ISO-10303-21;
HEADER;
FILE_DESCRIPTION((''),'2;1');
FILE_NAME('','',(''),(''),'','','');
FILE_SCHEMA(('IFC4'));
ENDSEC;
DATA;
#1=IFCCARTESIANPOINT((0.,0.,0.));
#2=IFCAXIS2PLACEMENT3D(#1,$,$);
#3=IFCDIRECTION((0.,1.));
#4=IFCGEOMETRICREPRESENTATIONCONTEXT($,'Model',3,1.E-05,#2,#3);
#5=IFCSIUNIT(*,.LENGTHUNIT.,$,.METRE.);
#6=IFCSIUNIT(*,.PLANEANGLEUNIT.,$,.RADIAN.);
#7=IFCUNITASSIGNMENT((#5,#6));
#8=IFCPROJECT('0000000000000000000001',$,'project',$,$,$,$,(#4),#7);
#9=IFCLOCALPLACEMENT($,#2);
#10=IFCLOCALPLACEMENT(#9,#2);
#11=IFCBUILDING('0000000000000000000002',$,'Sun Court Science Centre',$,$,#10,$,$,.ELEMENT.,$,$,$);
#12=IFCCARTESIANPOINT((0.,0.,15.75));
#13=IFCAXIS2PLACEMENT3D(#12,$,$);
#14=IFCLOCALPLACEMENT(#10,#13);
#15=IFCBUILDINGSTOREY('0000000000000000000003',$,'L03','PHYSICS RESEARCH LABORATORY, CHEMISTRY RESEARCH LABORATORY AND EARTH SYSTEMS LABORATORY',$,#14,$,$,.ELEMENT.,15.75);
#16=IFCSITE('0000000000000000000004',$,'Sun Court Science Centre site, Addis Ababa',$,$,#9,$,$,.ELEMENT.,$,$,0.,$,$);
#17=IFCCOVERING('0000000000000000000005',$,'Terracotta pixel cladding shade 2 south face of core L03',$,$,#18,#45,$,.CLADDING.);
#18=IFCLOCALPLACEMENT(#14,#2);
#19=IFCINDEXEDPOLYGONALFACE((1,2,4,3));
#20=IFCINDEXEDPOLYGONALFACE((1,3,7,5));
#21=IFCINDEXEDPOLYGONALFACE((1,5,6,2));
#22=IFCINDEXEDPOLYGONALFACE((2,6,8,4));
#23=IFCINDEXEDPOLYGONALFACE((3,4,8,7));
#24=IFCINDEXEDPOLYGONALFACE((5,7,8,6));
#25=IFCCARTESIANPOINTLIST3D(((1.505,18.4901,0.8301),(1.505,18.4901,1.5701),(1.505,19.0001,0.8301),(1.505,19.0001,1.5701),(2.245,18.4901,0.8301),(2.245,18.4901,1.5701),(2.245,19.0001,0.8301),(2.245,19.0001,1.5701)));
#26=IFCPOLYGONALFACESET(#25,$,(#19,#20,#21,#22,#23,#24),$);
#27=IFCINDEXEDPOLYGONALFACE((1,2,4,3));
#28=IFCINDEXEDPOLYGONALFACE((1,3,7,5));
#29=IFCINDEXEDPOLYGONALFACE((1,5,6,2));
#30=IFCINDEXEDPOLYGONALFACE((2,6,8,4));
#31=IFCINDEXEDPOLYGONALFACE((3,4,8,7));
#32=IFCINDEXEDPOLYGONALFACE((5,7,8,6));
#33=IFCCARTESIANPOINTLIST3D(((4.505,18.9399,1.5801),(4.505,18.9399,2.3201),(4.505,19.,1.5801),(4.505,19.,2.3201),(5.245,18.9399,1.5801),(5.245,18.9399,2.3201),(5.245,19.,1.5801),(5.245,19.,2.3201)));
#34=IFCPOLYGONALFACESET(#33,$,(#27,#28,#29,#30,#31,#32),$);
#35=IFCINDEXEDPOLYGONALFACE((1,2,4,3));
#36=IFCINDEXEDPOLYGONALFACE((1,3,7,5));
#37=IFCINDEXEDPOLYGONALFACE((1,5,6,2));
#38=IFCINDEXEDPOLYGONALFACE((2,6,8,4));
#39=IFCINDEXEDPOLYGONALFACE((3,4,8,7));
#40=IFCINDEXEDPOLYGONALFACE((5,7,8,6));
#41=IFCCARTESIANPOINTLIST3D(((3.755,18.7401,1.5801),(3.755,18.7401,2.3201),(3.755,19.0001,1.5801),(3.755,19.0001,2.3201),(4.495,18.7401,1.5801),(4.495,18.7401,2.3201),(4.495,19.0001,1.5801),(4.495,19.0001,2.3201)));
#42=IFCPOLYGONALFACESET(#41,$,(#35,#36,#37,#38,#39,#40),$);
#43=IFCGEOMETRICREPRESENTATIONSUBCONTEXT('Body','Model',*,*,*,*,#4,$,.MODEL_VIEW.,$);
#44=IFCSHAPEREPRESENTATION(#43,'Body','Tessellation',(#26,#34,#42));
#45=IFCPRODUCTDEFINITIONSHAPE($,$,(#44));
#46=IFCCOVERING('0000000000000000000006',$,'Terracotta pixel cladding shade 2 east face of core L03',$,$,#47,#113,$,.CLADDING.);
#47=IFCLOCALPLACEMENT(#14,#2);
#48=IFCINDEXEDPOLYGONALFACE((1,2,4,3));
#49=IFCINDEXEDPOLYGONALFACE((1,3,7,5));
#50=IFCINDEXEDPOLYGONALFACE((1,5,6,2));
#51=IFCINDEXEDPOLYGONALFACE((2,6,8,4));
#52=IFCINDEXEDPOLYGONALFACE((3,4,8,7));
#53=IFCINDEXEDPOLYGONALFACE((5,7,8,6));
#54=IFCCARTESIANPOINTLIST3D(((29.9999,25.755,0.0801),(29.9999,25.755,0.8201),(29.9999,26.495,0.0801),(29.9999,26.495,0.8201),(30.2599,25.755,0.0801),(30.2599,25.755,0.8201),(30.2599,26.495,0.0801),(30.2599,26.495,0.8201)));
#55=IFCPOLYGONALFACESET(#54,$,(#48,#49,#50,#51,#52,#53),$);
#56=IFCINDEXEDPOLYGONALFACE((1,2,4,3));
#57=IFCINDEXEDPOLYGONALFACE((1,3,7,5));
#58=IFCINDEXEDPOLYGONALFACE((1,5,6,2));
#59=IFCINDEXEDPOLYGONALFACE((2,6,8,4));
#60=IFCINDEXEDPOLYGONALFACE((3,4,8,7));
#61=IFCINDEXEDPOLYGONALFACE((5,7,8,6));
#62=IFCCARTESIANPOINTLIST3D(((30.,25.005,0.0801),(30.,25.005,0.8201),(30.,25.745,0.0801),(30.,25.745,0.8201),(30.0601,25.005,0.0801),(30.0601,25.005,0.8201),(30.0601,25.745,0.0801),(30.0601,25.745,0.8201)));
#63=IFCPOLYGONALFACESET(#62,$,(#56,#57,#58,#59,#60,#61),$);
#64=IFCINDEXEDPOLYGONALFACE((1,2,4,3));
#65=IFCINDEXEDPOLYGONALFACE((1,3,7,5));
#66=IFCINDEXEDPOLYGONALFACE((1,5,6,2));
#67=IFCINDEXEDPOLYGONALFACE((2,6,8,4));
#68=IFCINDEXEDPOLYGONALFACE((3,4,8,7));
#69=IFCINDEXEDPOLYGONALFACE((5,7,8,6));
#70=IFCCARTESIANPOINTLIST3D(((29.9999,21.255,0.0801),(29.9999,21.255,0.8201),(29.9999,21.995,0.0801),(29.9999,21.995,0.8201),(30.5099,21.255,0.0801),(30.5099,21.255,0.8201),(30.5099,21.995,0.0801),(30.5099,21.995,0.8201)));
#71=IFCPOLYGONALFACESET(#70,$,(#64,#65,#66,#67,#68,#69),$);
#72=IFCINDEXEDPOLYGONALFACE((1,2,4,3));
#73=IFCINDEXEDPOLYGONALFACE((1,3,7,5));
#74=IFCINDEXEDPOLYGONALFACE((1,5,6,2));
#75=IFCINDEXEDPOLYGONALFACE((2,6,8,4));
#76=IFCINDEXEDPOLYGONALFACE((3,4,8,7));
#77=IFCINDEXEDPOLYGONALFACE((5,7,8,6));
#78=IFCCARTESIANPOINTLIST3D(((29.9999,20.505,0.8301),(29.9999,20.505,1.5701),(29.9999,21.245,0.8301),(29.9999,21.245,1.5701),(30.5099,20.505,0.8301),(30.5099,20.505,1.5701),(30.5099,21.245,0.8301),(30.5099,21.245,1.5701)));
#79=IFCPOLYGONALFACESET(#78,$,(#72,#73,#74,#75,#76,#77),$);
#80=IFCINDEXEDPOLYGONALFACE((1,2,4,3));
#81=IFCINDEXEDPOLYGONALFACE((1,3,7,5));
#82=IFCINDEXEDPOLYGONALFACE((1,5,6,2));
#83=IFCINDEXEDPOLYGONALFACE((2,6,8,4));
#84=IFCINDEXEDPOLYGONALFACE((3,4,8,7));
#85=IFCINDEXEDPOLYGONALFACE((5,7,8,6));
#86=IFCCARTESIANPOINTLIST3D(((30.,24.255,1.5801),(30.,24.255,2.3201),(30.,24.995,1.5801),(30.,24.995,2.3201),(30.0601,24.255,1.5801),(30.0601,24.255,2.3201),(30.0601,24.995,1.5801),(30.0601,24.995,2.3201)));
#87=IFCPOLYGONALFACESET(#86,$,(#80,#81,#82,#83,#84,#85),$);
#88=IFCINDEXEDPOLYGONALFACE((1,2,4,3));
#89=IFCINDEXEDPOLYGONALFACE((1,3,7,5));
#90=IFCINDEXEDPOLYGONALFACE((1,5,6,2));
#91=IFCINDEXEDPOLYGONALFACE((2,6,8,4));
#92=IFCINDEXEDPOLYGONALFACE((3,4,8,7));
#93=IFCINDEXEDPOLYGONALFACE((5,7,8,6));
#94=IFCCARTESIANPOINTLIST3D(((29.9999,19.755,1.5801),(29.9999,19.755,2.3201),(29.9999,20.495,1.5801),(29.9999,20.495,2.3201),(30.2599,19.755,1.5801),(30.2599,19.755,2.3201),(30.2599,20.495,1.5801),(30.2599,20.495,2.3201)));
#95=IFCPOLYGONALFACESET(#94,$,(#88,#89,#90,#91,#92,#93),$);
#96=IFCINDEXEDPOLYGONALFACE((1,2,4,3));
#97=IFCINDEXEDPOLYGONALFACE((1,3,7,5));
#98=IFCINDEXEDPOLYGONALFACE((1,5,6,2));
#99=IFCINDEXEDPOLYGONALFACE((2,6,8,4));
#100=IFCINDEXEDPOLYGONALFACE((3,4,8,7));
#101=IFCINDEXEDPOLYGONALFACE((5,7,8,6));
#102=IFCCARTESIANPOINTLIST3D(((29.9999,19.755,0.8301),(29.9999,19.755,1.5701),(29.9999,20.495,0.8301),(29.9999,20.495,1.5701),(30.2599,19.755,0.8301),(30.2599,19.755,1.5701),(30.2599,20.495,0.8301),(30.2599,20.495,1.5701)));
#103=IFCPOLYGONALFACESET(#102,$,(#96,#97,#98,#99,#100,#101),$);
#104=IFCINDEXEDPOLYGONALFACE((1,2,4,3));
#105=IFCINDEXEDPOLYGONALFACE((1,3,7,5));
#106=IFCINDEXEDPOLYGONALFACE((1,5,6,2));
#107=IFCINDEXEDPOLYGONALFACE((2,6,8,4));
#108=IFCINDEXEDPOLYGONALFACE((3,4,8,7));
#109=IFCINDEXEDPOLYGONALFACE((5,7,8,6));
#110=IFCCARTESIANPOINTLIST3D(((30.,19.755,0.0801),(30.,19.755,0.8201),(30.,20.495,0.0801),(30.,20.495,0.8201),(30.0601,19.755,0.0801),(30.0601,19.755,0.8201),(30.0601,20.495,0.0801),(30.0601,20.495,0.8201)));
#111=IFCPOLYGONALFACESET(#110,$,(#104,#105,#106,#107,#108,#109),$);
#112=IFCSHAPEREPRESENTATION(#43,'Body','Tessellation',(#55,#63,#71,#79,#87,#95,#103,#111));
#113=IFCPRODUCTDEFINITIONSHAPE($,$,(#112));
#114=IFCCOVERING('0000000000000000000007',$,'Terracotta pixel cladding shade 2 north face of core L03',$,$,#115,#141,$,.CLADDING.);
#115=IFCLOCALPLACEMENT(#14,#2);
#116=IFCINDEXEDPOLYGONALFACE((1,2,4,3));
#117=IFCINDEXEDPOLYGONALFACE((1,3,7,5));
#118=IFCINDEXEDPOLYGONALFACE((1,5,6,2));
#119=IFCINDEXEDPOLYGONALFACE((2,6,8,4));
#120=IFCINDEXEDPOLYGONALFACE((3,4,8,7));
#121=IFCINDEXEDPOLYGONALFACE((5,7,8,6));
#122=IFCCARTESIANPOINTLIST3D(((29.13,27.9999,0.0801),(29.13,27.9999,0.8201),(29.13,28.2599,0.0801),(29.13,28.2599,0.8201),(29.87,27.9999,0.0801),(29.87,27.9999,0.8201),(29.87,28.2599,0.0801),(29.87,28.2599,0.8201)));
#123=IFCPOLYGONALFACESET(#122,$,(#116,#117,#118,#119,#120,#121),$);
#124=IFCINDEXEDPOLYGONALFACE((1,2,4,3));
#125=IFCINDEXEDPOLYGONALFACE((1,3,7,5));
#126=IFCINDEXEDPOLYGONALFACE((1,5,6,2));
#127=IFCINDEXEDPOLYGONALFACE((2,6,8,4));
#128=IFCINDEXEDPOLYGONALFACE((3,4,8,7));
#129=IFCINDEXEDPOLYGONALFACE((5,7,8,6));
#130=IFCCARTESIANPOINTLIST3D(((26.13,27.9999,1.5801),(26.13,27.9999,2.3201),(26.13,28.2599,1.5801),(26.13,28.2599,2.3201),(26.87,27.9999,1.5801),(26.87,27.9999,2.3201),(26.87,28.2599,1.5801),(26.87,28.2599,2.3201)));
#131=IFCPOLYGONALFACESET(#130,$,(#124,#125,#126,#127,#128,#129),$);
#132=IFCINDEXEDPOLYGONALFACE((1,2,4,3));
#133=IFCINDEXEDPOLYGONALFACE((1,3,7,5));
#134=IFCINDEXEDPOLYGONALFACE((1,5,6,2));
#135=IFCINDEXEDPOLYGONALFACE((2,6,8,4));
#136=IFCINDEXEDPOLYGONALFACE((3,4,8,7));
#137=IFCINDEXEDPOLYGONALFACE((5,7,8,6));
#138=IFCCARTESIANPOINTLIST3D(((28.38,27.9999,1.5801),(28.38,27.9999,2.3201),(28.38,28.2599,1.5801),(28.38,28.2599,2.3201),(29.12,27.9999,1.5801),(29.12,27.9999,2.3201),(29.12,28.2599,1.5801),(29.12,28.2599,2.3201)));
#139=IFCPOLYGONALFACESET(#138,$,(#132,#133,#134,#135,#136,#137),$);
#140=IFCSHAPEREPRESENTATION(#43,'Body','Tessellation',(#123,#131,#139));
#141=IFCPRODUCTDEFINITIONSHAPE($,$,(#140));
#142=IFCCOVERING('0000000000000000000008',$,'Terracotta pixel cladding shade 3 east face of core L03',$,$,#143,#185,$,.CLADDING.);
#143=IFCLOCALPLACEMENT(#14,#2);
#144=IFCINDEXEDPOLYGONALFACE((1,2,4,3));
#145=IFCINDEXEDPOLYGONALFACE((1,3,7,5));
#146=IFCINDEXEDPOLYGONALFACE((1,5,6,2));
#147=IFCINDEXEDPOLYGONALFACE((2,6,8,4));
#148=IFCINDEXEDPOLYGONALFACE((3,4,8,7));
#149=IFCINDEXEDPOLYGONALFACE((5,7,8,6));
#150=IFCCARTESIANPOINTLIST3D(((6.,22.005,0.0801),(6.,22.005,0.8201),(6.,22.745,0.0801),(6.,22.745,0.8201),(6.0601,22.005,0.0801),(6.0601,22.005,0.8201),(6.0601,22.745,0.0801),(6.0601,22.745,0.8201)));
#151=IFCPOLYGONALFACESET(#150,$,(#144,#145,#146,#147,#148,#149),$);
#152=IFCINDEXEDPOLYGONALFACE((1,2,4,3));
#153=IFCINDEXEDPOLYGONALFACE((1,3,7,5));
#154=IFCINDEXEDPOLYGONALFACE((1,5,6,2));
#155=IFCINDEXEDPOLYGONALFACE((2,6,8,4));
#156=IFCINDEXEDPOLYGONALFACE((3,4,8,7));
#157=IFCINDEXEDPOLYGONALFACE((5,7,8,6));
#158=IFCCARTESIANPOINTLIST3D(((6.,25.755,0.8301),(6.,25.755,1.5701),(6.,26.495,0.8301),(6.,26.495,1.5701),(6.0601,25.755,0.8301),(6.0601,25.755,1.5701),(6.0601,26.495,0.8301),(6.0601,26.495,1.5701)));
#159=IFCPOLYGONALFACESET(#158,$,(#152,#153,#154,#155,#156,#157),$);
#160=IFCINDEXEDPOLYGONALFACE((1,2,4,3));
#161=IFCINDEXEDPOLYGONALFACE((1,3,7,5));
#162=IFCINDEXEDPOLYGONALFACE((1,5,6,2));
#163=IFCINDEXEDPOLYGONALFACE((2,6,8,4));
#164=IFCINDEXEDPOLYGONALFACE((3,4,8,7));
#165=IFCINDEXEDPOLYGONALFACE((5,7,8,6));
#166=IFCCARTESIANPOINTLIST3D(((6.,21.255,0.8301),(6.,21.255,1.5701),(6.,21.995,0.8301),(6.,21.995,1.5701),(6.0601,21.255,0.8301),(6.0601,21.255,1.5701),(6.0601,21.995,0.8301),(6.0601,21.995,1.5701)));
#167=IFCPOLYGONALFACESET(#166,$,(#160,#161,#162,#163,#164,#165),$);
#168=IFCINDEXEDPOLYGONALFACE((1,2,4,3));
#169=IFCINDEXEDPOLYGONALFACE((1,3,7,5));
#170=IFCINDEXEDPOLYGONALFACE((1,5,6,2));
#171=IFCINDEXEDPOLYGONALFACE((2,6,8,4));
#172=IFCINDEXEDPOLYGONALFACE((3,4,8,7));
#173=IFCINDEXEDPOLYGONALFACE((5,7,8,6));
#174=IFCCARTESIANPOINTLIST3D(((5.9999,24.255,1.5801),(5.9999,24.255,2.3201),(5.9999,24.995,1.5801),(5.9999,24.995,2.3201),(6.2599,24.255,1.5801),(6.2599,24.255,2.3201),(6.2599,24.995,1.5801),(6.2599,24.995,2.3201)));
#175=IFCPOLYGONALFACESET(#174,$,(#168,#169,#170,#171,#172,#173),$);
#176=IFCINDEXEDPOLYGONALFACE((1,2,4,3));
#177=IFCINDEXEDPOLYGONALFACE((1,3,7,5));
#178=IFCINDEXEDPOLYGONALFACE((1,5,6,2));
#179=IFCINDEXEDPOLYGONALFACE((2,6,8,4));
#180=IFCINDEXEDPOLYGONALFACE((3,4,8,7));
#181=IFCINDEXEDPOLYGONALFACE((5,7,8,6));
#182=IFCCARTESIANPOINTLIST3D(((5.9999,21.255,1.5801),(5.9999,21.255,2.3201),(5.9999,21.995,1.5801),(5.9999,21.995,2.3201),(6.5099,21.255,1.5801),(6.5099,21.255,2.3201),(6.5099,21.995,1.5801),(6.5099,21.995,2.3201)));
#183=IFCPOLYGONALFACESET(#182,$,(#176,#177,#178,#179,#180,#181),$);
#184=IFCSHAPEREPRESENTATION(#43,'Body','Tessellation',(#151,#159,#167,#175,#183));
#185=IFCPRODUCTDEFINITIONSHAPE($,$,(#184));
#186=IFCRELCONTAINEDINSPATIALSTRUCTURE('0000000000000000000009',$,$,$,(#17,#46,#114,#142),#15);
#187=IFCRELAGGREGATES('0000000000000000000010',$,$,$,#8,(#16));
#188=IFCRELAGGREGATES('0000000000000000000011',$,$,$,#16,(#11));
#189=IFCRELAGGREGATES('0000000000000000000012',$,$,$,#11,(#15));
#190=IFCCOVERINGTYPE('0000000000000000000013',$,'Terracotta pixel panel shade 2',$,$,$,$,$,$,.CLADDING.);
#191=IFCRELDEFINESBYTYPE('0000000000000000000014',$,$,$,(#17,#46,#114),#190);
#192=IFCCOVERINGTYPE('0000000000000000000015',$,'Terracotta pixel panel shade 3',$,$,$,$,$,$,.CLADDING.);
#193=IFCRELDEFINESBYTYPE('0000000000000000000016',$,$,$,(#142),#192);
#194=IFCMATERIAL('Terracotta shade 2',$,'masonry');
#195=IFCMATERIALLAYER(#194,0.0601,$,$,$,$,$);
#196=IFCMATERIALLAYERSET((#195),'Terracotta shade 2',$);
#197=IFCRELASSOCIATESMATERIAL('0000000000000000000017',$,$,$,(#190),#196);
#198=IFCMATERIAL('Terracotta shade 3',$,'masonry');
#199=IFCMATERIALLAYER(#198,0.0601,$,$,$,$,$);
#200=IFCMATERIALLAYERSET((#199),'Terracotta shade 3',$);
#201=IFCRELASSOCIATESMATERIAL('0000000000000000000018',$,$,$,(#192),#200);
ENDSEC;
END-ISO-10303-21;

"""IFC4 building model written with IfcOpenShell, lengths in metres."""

from ifc_helpers import new_model, si_unit, direction, frame, origin, origin_2d, place, context, subcontext, project, spatial, rectangle, extrude, material, layer, layer_set, type_object, element, save


model = new_model("IFC4")

# Units and contexts
model_context = context("Model", 3, precision=1e-05, world=origin(), true_north=direction((0.0, 1.0)))
body_context = subcontext(model_context, "Body", "Model", "MODEL_VIEW")
ifc_project = project(units=[si_unit("LENGTHUNIT", "METRE"), si_unit("PLANEANGLEUNIT", "RADIAN")], contexts=[model_context])

# Site, building, storey
site_placement = place(None, origin())
site = spatial("IfcSite", under=ifc_project, at=site_placement, Name="Sun Court Science Centre site, Addis Ababa", CompositionType="ELEMENT", RefElevation=0.0)
building_placement = place(site_placement, origin())
building = spatial("IfcBuilding", under=site, at=building_placement, Name="Sun Court Science Centre", CompositionType="ELEMENT")
storey_placement = place(building_placement, frame((0.0, 0.0, 15.75)))
storey = spatial("IfcBuildingStorey", under=building, at=storey_placement, Name="L03", Description="PHYSICS RESEARCH LABORATORY, CHEMISTRY RESEARCH LABORATORY AND EARTH SYSTEMS LABORATORY", CompositionType="ELEMENT", Elevation=15.75)

# Coverings
ifc_material_1 = material(Name="Terracotta shade 2", Category="masonry")
ifc_layer_1 = layer(ifc_material_1, 0.0601)
ifc_layer_set_1 = layer_set([ifc_layer_1], Name="Terracotta shade 2")
covering_type_1 = type_object("IfcCoveringType", Name="Terracotta pixel panel shade 2", PredefinedType="CLADDING", material=ifc_layer_set_1)
covering_1_placement = place(storey_placement, frame((0.0, 0.0, -15.75)))
element("IfcCovering", 1, at=covering_1_placement, inside=storey, type_object=covering_type_1, Name="Terracotta pixel cladding shade 2 south face of core L03", PredefinedType="CLADDING", context=body_context, shape_type="SweptSolid", body=[
    extrude(rectangle(XDim=0.74, YDim=0.51, at=origin_2d()), frame((1.875, 18.7451, 16.5801), z_axis=(0.0, 0.0, 1.0), x_axis=(-1.0, 0.0, 0.0)), (0.0, 0.0, 1.0), 0.74),
    extrude(rectangle(XDim=0.74, YDim=0.0601, at=origin_2d()), frame((4.875, 18.97, 17.3301), z_axis=(0.0, 0.0, 1.0), x_axis=(-1.0, 0.0, 0.0)), (0.0, 0.0, 1.0), 0.74),
    extrude(rectangle(XDim=0.74, YDim=0.26, at=origin_2d()), frame((4.125, 18.8701, 17.3301), z_axis=(0.0, 0.0, 1.0), x_axis=(-1.0, 0.0, 0.0)), (0.0, 0.0, 1.0), 0.74),
])
covering_2_placement = place(storey_placement, frame((0.0, 0.0, -15.75)))
element("IfcCovering", 2, at=covering_2_placement, inside=storey, type_object=covering_type_1, Name="Terracotta pixel cladding shade 2 east face of core L03", PredefinedType="CLADDING", context=body_context, shape_type="SweptSolid", body=[
    extrude(rectangle(XDim=0.74, YDim=0.26, at=origin_2d()), frame((30.1299, 26.125, 15.8301), z_axis=(0.0, 0.0, 1.0), x_axis=(0.0, -1.0, 0.0)), (0.0, 0.0, 1.0), 0.74),
    extrude(rectangle(XDim=0.74, YDim=0.0601, at=origin_2d()), frame((30.03, 25.375, 15.8301), z_axis=(0.0, 0.0, 1.0), x_axis=(0.0, -1.0, 0.0)), (0.0, 0.0, 1.0), 0.74),
    extrude(rectangle(XDim=0.74, YDim=0.51, at=origin_2d()), frame((30.2549, 21.625, 15.8301), z_axis=(0.0, 0.0, 1.0), x_axis=(0.0, -1.0, 0.0)), (0.0, 0.0, 1.0), 0.74),
    extrude(rectangle(XDim=0.74, YDim=0.51, at=origin_2d()), frame((30.2549, 20.875, 16.5801), z_axis=(0.0, 0.0, 1.0), x_axis=(0.0, -1.0, 0.0)), (0.0, 0.0, 1.0), 0.74),
    extrude(rectangle(XDim=0.74, YDim=0.0601, at=origin_2d()), frame((30.03, 24.625, 17.3301), z_axis=(0.0, 0.0, 1.0), x_axis=(0.0, -1.0, 0.0)), (0.0, 0.0, 1.0), 0.74),
    extrude(rectangle(XDim=0.74, YDim=0.26, at=origin_2d()), frame((30.1299, 20.125, 17.3301), z_axis=(0.0, 0.0, 1.0), x_axis=(0.0, -1.0, 0.0)), (0.0, 0.0, 1.0), 0.74),
    extrude(rectangle(XDim=0.74, YDim=0.26, at=origin_2d()), frame((30.1299, 20.125, 16.5801), z_axis=(0.0, 0.0, 1.0), x_axis=(0.0, -1.0, 0.0)), (0.0, 0.0, 1.0), 0.74),
    extrude(rectangle(XDim=0.74, YDim=0.0601, at=origin_2d()), frame((30.03, 20.125, 15.8301), z_axis=(0.0, 0.0, 1.0), x_axis=(0.0, -1.0, 0.0)), (0.0, 0.0, 1.0), 0.74),
])
covering_3_placement = place(storey_placement, frame((0.0, 0.0, -15.75)))
element("IfcCovering", 3, at=covering_3_placement, inside=storey, type_object=covering_type_1, Name="Terracotta pixel cladding shade 2 north face of core L03", PredefinedType="CLADDING", context=body_context, shape_type="SweptSolid", body=[
    extrude(rectangle(XDim=0.74, YDim=0.26, at=origin_2d()), frame((29.5, 28.1299, 15.8301), z_axis=(0.0, 0.0, 1.0), x_axis=(1.0, 0.0, 0.0)), (0.0, 0.0, 1.0), 0.74),
    extrude(rectangle(XDim=0.74, YDim=0.26, at=origin_2d()), frame((26.5, 28.1299, 17.3301), z_axis=(0.0, 0.0, 1.0), x_axis=(1.0, 0.0, 0.0)), (0.0, 0.0, 1.0), 0.74),
    extrude(rectangle(XDim=0.74, YDim=0.26, at=origin_2d()), frame((28.75, 28.1299, 17.3301), z_axis=(0.0, 0.0, 1.0), x_axis=(1.0, 0.0, 0.0)), (0.0, 0.0, 1.0), 0.74),
])
ifc_material_2 = material(Name="Terracotta shade 3", Category="masonry")
ifc_layer_2 = layer(ifc_material_2, 0.0601)
ifc_layer_set_2 = layer_set([ifc_layer_2], Name="Terracotta shade 3")
covering_type_2 = type_object("IfcCoveringType", Name="Terracotta pixel panel shade 3", PredefinedType="CLADDING", material=ifc_layer_set_2)
covering_4_placement = place(storey_placement, frame((0.0, 0.0, -15.75)))
element("IfcCovering", 4, at=covering_4_placement, inside=storey, type_object=covering_type_2, Name="Terracotta pixel cladding shade 3 east face of core L03", PredefinedType="CLADDING", context=body_context, shape_type="SweptSolid", body=[
    extrude(rectangle(XDim=0.74, YDim=0.0601, at=origin_2d()), frame((6.03, 22.375, 15.8301), z_axis=(0.0, 0.0, 1.0), x_axis=(0.0, -1.0, 0.0)), (0.0, 0.0, 1.0), 0.74),
    extrude(rectangle(XDim=0.74, YDim=0.0601, at=origin_2d()), frame((6.03, 26.125, 16.5801), z_axis=(0.0, 0.0, 1.0), x_axis=(0.0, -1.0, 0.0)), (0.0, 0.0, 1.0), 0.74),
    extrude(rectangle(XDim=0.74, YDim=0.0601, at=origin_2d()), frame((6.03, 21.625, 16.5801), z_axis=(0.0, 0.0, 1.0), x_axis=(0.0, -1.0, 0.0)), (0.0, 0.0, 1.0), 0.74),
    extrude(rectangle(XDim=0.74, YDim=0.26, at=origin_2d()), frame((6.1299, 24.625, 17.3301), z_axis=(0.0, 0.0, 1.0), x_axis=(0.0, -1.0, 0.0)), (0.0, 0.0, 1.0), 0.74),
    extrude(rectangle(XDim=0.74, YDim=0.51, at=origin_2d()), frame((6.2549, 21.625, 17.3301), z_axis=(0.0, 0.0, 1.0), x_axis=(0.0, -1.0, 0.0)), (0.0, 0.0, 1.0), 0.74),
])

save(model, "model.ifc")
